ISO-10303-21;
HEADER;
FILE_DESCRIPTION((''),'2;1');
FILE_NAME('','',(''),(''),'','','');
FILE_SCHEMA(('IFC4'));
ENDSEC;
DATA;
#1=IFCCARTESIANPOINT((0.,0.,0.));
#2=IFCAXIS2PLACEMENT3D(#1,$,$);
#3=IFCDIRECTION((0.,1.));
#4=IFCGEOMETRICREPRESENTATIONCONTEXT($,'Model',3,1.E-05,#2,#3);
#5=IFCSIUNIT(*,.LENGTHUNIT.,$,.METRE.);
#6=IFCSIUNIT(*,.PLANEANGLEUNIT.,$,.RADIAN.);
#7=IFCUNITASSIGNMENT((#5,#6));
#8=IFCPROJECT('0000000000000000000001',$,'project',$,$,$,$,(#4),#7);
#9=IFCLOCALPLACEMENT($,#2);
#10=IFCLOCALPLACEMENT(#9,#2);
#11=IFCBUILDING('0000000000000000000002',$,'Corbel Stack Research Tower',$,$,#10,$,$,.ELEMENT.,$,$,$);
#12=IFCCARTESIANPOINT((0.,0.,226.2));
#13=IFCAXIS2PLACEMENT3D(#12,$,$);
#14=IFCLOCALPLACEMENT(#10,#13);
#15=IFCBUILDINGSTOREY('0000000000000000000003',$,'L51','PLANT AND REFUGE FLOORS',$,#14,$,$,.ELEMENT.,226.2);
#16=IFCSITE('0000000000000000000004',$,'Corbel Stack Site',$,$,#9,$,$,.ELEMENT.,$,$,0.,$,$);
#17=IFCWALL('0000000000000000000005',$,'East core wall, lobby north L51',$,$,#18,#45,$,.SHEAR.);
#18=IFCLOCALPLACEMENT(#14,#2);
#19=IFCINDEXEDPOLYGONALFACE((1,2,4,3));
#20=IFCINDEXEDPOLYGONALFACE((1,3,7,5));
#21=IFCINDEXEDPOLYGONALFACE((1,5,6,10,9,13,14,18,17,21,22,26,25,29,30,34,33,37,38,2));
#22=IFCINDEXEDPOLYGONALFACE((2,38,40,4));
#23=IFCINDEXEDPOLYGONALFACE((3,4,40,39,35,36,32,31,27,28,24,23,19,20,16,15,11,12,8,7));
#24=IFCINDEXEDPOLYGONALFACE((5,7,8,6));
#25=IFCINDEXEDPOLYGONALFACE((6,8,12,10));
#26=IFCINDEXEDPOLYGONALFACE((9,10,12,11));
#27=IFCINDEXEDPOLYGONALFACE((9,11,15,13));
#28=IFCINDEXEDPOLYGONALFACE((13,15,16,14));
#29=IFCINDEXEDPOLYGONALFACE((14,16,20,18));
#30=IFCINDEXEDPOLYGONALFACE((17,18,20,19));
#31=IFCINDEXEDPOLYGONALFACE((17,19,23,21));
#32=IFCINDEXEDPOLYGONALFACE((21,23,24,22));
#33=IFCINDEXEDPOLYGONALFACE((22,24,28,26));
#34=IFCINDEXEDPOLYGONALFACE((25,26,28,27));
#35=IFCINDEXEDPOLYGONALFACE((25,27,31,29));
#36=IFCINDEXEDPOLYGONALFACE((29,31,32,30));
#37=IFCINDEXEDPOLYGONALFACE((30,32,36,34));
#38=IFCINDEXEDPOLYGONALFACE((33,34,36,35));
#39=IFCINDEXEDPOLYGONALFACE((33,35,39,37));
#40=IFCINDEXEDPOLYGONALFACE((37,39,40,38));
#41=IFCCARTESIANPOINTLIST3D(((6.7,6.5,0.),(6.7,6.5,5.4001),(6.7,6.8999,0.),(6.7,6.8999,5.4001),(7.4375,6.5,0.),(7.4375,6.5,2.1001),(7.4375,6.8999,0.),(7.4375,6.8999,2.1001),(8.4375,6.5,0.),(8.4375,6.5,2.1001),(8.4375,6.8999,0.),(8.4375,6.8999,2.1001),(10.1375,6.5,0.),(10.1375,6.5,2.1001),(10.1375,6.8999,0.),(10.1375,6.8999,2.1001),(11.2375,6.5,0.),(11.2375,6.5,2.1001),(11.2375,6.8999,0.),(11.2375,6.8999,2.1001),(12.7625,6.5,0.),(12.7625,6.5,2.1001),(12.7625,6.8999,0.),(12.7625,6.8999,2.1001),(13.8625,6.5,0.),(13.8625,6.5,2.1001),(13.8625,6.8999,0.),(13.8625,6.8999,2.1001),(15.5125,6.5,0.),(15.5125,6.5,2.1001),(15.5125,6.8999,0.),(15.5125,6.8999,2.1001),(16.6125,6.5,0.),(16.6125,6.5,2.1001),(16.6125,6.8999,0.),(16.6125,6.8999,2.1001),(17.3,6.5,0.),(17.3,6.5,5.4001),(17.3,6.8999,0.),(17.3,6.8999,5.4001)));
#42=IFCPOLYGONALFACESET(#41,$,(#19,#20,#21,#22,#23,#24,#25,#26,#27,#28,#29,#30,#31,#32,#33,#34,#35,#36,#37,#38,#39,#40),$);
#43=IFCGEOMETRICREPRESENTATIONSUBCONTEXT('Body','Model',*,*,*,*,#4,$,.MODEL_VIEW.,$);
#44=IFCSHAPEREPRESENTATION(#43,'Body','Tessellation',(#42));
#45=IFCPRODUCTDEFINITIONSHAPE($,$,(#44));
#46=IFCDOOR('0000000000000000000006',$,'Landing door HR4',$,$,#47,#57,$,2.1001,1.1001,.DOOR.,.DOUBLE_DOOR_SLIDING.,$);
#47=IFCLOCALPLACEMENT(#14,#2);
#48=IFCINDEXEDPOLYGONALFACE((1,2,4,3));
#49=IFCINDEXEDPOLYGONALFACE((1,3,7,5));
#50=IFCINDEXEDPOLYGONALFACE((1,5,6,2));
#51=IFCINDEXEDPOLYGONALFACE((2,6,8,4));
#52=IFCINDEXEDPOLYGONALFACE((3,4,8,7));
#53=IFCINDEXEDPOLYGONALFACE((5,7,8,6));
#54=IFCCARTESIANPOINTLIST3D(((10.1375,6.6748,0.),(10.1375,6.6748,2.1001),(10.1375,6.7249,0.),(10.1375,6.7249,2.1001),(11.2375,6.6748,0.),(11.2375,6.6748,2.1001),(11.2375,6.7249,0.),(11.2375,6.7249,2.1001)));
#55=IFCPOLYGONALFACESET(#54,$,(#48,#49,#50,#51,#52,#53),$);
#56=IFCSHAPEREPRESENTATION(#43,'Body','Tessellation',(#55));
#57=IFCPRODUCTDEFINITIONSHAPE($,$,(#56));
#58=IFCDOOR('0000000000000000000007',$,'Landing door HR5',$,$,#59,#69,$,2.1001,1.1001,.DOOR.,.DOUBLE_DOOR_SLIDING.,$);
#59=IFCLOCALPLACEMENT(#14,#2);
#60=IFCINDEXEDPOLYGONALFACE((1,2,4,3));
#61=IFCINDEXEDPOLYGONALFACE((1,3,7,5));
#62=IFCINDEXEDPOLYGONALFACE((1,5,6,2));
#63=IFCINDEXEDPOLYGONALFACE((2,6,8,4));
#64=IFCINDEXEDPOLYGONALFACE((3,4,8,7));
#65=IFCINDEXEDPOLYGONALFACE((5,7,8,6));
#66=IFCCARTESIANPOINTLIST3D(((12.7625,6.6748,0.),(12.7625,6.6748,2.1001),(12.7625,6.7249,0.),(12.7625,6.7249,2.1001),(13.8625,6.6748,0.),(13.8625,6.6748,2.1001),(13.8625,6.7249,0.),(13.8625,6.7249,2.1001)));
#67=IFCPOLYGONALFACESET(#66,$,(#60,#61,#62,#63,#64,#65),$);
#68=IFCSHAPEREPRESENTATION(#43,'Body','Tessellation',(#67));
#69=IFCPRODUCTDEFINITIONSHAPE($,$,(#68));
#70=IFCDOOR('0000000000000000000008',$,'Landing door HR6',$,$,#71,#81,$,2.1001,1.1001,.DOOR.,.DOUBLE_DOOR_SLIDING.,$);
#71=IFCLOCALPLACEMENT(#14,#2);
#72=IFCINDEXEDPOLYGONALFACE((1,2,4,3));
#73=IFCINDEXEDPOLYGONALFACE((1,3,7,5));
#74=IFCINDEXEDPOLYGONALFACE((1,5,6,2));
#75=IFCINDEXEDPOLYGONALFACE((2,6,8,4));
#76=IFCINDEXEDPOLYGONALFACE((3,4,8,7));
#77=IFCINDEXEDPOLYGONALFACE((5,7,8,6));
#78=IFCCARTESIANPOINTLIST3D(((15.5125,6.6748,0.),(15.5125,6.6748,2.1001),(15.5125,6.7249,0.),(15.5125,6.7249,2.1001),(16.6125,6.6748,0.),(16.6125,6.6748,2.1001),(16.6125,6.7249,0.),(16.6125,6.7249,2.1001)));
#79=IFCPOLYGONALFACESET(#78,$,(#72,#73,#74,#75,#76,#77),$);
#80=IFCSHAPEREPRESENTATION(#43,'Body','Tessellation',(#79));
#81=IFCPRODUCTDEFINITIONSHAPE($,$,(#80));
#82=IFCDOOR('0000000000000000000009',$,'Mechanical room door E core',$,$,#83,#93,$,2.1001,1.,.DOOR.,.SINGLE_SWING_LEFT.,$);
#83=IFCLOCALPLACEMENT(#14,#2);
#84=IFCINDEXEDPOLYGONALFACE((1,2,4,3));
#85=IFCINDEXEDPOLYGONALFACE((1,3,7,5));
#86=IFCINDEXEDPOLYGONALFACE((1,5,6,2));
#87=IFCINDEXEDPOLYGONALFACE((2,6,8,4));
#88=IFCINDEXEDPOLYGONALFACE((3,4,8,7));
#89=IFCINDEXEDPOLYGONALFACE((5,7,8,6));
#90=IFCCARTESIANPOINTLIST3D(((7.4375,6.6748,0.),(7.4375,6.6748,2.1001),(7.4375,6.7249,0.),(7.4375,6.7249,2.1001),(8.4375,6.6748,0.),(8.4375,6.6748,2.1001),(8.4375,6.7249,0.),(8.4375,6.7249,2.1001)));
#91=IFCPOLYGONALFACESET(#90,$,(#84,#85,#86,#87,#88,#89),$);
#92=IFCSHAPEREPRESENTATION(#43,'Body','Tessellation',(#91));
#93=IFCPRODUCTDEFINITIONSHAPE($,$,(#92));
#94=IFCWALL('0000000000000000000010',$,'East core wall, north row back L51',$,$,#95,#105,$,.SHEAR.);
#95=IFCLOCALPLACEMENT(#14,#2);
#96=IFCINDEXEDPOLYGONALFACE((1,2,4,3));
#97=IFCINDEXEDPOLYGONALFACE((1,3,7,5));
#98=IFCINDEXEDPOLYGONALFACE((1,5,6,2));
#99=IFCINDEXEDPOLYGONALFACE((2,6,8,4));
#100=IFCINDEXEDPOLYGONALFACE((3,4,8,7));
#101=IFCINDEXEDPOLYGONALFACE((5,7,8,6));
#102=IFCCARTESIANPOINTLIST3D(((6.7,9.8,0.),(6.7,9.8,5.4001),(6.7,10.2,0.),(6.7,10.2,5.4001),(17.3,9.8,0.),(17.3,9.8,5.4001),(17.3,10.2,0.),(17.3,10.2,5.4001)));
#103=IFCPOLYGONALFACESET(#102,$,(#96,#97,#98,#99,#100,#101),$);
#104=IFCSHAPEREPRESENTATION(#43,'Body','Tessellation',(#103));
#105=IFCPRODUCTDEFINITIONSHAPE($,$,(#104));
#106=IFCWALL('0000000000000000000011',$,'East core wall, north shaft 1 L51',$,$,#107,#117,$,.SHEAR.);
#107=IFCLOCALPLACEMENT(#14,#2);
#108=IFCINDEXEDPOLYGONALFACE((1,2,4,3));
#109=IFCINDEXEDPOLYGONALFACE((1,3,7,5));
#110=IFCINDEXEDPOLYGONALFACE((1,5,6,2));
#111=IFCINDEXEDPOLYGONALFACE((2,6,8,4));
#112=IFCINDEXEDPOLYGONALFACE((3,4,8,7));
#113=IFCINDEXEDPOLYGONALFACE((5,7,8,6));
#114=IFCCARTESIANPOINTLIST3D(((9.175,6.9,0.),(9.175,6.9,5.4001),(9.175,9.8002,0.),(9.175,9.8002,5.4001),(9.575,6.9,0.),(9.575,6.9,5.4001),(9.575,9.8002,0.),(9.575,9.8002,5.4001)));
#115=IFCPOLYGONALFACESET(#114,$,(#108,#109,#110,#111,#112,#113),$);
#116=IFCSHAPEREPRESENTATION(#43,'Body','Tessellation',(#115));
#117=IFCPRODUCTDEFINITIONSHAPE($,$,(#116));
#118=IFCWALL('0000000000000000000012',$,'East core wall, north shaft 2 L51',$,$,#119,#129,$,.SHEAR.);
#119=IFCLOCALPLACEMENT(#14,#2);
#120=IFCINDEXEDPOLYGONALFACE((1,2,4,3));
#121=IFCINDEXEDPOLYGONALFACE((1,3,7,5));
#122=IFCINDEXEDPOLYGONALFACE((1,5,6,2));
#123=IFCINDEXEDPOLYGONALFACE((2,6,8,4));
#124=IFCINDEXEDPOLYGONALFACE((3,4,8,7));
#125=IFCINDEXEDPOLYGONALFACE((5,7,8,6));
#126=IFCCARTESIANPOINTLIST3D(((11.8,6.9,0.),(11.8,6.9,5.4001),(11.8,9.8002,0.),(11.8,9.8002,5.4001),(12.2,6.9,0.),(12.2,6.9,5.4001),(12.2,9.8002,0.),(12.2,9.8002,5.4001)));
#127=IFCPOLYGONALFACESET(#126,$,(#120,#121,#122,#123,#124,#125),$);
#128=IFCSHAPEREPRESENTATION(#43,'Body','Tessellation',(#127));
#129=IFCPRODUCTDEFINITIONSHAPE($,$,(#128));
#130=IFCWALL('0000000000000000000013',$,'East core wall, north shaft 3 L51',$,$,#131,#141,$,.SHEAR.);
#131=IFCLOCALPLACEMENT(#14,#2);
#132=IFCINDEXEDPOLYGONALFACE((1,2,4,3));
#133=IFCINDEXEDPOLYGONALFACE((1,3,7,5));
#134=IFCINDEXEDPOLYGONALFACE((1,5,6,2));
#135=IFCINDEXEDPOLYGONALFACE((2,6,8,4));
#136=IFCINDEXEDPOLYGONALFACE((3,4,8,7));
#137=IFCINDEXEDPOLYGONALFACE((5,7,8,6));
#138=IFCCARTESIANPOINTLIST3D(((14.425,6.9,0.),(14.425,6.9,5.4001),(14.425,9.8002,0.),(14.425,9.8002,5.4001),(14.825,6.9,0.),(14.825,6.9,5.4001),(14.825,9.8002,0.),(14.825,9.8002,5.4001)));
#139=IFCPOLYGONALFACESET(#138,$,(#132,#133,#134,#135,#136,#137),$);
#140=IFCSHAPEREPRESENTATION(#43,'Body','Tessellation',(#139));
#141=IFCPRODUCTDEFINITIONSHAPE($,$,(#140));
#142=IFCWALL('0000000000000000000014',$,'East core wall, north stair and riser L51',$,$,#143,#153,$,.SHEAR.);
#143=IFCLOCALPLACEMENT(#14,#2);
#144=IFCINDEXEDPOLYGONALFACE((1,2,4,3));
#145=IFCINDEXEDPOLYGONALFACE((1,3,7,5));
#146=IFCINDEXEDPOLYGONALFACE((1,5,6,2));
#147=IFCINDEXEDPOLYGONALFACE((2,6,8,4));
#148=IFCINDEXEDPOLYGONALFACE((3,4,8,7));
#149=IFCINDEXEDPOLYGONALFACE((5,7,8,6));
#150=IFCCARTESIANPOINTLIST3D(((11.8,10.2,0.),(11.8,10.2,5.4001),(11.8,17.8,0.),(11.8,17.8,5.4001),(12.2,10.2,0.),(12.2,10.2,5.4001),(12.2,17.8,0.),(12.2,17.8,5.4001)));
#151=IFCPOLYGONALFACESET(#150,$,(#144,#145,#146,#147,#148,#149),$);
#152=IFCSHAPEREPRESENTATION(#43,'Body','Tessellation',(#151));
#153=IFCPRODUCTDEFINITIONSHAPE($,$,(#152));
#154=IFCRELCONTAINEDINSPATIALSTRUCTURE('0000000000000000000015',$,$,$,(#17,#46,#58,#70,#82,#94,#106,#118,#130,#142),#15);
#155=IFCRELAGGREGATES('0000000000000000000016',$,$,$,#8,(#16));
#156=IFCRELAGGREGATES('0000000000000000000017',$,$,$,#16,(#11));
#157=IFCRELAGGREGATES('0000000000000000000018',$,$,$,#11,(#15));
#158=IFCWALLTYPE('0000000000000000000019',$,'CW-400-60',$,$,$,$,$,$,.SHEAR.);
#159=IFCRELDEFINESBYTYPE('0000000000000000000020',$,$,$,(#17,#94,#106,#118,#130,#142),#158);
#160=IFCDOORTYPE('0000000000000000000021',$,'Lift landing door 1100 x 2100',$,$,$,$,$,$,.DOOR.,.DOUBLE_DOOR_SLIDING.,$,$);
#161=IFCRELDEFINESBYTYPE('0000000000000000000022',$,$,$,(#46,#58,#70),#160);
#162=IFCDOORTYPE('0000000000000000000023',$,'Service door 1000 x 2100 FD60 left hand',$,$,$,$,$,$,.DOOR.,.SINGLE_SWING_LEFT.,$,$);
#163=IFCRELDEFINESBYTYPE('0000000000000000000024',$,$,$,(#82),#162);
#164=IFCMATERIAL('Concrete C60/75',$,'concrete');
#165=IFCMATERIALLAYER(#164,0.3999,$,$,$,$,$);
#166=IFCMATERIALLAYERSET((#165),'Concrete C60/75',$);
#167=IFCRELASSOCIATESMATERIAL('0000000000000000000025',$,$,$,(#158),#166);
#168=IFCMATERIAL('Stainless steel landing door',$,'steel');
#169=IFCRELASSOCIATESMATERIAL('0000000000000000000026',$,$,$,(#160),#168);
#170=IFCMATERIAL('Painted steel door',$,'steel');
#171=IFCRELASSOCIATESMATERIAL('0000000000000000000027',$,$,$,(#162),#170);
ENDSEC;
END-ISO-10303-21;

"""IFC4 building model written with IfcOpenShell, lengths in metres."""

from ifc_helpers import new_model, si_unit, direction, frame, frame_2d, origin, place, context, subcontext, project, spatial, rectangle, extrude, material, layer, layer_set, type_object, element, fill, save


model = new_model("IFC4")

# Units and contexts
model_context = context("Model", 3, precision=1e-05, world=origin(), true_north=direction((0.0, 1.0)))
body_context = subcontext(model_context, "Body", "Model", "MODEL_VIEW")
ifc_project = project(units=[si_unit("LENGTHUNIT", "METRE"), si_unit("PLANEANGLEUNIT", "RADIAN")], contexts=[model_context])

# Site, building, storey
site_placement = place(None, origin())
site = spatial("IfcSite", under=ifc_project, at=site_placement, Name="Corbel Stack Site", CompositionType="ELEMENT", RefElevation=0.0)
building_placement = place(site_placement, origin())
building = spatial("IfcBuilding", under=site, at=building_placement, Name="Corbel Stack Research Tower", CompositionType="ELEMENT")
storey_placement = place(building_placement, frame((0.0, 0.0, 226.2)))
storey = spatial("IfcBuildingStorey", under=building, at=storey_placement, Name="L51", Description="PLANT AND REFUGE FLOORS", CompositionType="ELEMENT", Elevation=226.2)

# Wall, openings, doors
ifc_material_1 = material(Name="Concrete C60/75", Category="concrete")
ifc_layer_1 = layer(ifc_material_1, 0.3999)
ifc_layer_set_1 = layer_set([ifc_layer_1], Name="Concrete C60/75")
wall_type_1 = type_object("IfcWallType", Name="CW-400-60", PredefinedType="SHEAR", material=ifc_layer_set_1)
ifc_material_2 = material(Name="Stainless steel landing door", Category="steel")
door_type_1 = type_object("IfcDoorType", Name="Lift landing door 1100 x 2100", OperationType="DOUBLE_DOOR_SLIDING", PredefinedType="DOOR", material=ifc_material_2)
ifc_material_3 = material(Name="Painted steel door", Category="steel")
door_type_2 = type_object("IfcDoorType", Name="Service door 1000 x 2100 FD60 left hand", OperationType="SINGLE_SWING_LEFT", PredefinedType="DOOR", material=ifc_material_3)
wall_1_placement = place(storey_placement, frame((6.7, 6.7, 0.0), z_axis=(0.0, 0.0, 1.0), x_axis=(1.0, 0.0, 0.0)))
wall_1 = element("IfcWall", 1, at=wall_1_placement, inside=storey, type_object=wall_type_1, Name="East core wall, lobby north L51", PredefinedType="SHEAR", context=body_context, shape_type="SweptSolid", body=[
    extrude(rectangle(XDim=10.6001, YDim=0.3999, at=frame_2d((5.3, 0.0))), origin(), (0.0, 0.0, 1.0), 5.4001),
])
opening_1_placement = place(wall_1_placement, frame((3.4375, 0.0, 0.0)))
opening_1 = element("IfcOpeningElement", 2, at=opening_1_placement, cuts=wall_1, PredefinedType="OPENING", context=body_context, shape_type="SweptSolid", body=[
    extrude(rectangle(XDim=1.1001, YDim=2.1001, at=frame_2d((0.55, 1.05))), frame((0.0, 0.21, 0.0), z_axis=(0.0, -1.0, 0.0), x_axis=(1.0, 0.0, 0.0)), (0.0, 0.0, 1.0), 0.4199),
])
opening_2_placement = place(wall_1_placement, frame((6.0625, 0.0, 0.0)))
opening_2 = element("IfcOpeningElement", 3, at=opening_2_placement, cuts=wall_1, PredefinedType="OPENING", context=body_context, shape_type="SweptSolid", body=[
    extrude(rectangle(XDim=1.1001, YDim=2.1001, at=frame_2d((0.55, 1.05))), frame((0.0, 0.21, 0.0), z_axis=(0.0, -1.0, 0.0), x_axis=(1.0, 0.0, 0.0)), (0.0, 0.0, 1.0), 0.4199),
])
opening_3_placement = place(wall_1_placement, frame((8.8125, 0.0, 0.0)))
opening_3 = element("IfcOpeningElement", 4, at=opening_3_placement, cuts=wall_1, PredefinedType="OPENING", context=body_context, shape_type="SweptSolid", body=[
    extrude(rectangle(XDim=1.1001, YDim=2.1001, at=frame_2d((0.55, 1.05))), frame((0.0, 0.21, 0.0), z_axis=(0.0, -1.0, 0.0), x_axis=(1.0, 0.0, 0.0)), (0.0, 0.0, 1.0), 0.4199),
])
opening_4_placement = place(wall_1_placement, frame((0.7375, 0.0, 0.0)))
opening_4 = element("IfcOpeningElement", 5, at=opening_4_placement, cuts=wall_1, PredefinedType="OPENING", context=body_context, shape_type="SweptSolid", body=[
    extrude(rectangle(XDim=1.0, YDim=2.1001, at=frame_2d((0.5, 1.05))), frame((0.0, 0.21, 0.0), z_axis=(0.0, -1.0, 0.0), x_axis=(1.0, 0.0, 0.0)), (0.0, 0.0, 1.0), 0.4199),
])
door_1_placement = place(opening_1_placement, origin())
door_1 = element("IfcDoor", 6, at=door_1_placement, inside=storey, type_object=door_type_1, Name="Landing door HR4", OperationType="DOUBLE_DOOR_SLIDING", OverallHeight=2.1001, OverallWidth=1.1001, PredefinedType="DOOR", context=body_context, shape_type="SweptSolid", body=[
    extrude(rectangle(XDim=1.1001, YDim=2.1001, at=frame_2d((0.55, 1.05))), frame((0.0, 0.0249, 0.0), z_axis=(0.0, -1.0, 0.0), x_axis=(1.0, 0.0, 0.0)), (0.0, 0.0, 1.0), 0.05),
])
fill(opening_1, door_1)
door_2_placement = place(opening_2_placement, origin())
door_2 = element("IfcDoor", 7, at=door_2_placement, inside=storey, type_object=door_type_1, Name="Landing door HR5", OperationType="DOUBLE_DOOR_SLIDING", OverallHeight=2.1001, OverallWidth=1.1001, PredefinedType="DOOR", context=body_context, shape_type="SweptSolid", body=[
    extrude(rectangle(XDim=1.1001, YDim=2.1001, at=frame_2d((0.55, 1.05))), frame((0.0, 0.0249, 0.0), z_axis=(0.0, -1.0, 0.0), x_axis=(1.0, 0.0, 0.0)), (0.0, 0.0, 1.0), 0.05),
])
fill(opening_2, door_2)
door_3_placement = place(opening_3_placement, origin())
door_3 = element("IfcDoor", 8, at=door_3_placement, inside=storey, type_object=door_type_1, Name="Landing door HR6", OperationType="DOUBLE_DOOR_SLIDING", OverallHeight=2.1001, OverallWidth=1.1001, PredefinedType="DOOR", context=body_context, shape_type="SweptSolid", body=[
    extrude(rectangle(XDim=1.1001, YDim=2.1001, at=frame_2d((0.55, 1.05))), frame((0.0, 0.0249, 0.0), z_axis=(0.0, -1.0, 0.0), x_axis=(1.0, 0.0, 0.0)), (0.0, 0.0, 1.0), 0.05),
])
fill(opening_3, door_3)
door_4_placement = place(opening_4_placement, origin())
door_4 = element("IfcDoor", 9, at=door_4_placement, inside=storey, type_object=door_type_2, Name="Mechanical room door E core", OperationType="SINGLE_SWING_LEFT", OverallHeight=2.1001, OverallWidth=1.0, PredefinedType="DOOR", context=body_context, shape_type="SweptSolid", body=[
    extrude(rectangle(XDim=1.0, YDim=2.1001, at=frame_2d((0.5, 1.05))), frame((0.0, 0.0249, 0.0), z_axis=(0.0, -1.0, 0.0), x_axis=(1.0, 0.0, 0.0)), (0.0, 0.0, 1.0), 0.05),
])
fill(opening_4, door_4)

# Walls
wall_2_placement = place(storey_placement, frame((6.7, 10.0, 0.0), z_axis=(0.0, 0.0, 1.0), x_axis=(1.0, 0.0, 0.0)))
element("IfcWall", 10, at=wall_2_placement, inside=storey, type_object=wall_type_1, Name="East core wall, north row back L51", PredefinedType="SHEAR", context=body_context, shape_type="SweptSolid", body=[
    extrude(rectangle(XDim=10.6001, YDim=0.3999, at=frame_2d((5.3, 0.0))), origin(), (0.0, 0.0, 1.0), 5.4001),
])
for number, where, z_axis, x_axis, name in (
    (11, (9.375, 6.8999, 0.0), (0.0, 0.0, 1.0), (0.0, 1.0, 0.0), "East core wall, north shaft 1 L51"),
    (12, (12.0, 6.8999, 0.0), (0.0, 0.0, 1.0), (0.0, 1.0, 0.0), "East core wall, north shaft 2 L51"),
    (13, (14.625, 6.8999, 0.0), (0.0, 0.0, 1.0), (0.0, 1.0, 0.0), "East core wall, north shaft 3 L51"),
):
    element("IfcWall", number, at=place(storey_placement, frame(where, z_axis=z_axis, x_axis=x_axis)), inside=storey, type_object=wall_type_1, Name=name, PredefinedType="SHEAR", context=body_context, shape_type="SweptSolid", body=[
        extrude(rectangle(XDim=2.9001, YDim=0.3999, at=frame_2d((1.4502, 0.0))), origin(), (0.0, 0.0, 1.0), 5.4001),
    ])
wall_3_placement = place(storey_placement, frame((12.0, 10.2, 0.0), z_axis=(0.0, 0.0, 1.0), x_axis=(0.0, 1.0, 0.0)))
element("IfcWall", 14, at=wall_3_placement, inside=storey, type_object=wall_type_1, Name="East core wall, north stair and riser L51", PredefinedType="SHEAR", context=body_context, shape_type="SweptSolid", body=[
    extrude(rectangle(XDim=7.6001, YDim=0.3999, at=frame_2d((3.8, 0.0))), origin(), (0.0, 0.0, 1.0), 5.4001),
])

save(model, "model.ifc")
